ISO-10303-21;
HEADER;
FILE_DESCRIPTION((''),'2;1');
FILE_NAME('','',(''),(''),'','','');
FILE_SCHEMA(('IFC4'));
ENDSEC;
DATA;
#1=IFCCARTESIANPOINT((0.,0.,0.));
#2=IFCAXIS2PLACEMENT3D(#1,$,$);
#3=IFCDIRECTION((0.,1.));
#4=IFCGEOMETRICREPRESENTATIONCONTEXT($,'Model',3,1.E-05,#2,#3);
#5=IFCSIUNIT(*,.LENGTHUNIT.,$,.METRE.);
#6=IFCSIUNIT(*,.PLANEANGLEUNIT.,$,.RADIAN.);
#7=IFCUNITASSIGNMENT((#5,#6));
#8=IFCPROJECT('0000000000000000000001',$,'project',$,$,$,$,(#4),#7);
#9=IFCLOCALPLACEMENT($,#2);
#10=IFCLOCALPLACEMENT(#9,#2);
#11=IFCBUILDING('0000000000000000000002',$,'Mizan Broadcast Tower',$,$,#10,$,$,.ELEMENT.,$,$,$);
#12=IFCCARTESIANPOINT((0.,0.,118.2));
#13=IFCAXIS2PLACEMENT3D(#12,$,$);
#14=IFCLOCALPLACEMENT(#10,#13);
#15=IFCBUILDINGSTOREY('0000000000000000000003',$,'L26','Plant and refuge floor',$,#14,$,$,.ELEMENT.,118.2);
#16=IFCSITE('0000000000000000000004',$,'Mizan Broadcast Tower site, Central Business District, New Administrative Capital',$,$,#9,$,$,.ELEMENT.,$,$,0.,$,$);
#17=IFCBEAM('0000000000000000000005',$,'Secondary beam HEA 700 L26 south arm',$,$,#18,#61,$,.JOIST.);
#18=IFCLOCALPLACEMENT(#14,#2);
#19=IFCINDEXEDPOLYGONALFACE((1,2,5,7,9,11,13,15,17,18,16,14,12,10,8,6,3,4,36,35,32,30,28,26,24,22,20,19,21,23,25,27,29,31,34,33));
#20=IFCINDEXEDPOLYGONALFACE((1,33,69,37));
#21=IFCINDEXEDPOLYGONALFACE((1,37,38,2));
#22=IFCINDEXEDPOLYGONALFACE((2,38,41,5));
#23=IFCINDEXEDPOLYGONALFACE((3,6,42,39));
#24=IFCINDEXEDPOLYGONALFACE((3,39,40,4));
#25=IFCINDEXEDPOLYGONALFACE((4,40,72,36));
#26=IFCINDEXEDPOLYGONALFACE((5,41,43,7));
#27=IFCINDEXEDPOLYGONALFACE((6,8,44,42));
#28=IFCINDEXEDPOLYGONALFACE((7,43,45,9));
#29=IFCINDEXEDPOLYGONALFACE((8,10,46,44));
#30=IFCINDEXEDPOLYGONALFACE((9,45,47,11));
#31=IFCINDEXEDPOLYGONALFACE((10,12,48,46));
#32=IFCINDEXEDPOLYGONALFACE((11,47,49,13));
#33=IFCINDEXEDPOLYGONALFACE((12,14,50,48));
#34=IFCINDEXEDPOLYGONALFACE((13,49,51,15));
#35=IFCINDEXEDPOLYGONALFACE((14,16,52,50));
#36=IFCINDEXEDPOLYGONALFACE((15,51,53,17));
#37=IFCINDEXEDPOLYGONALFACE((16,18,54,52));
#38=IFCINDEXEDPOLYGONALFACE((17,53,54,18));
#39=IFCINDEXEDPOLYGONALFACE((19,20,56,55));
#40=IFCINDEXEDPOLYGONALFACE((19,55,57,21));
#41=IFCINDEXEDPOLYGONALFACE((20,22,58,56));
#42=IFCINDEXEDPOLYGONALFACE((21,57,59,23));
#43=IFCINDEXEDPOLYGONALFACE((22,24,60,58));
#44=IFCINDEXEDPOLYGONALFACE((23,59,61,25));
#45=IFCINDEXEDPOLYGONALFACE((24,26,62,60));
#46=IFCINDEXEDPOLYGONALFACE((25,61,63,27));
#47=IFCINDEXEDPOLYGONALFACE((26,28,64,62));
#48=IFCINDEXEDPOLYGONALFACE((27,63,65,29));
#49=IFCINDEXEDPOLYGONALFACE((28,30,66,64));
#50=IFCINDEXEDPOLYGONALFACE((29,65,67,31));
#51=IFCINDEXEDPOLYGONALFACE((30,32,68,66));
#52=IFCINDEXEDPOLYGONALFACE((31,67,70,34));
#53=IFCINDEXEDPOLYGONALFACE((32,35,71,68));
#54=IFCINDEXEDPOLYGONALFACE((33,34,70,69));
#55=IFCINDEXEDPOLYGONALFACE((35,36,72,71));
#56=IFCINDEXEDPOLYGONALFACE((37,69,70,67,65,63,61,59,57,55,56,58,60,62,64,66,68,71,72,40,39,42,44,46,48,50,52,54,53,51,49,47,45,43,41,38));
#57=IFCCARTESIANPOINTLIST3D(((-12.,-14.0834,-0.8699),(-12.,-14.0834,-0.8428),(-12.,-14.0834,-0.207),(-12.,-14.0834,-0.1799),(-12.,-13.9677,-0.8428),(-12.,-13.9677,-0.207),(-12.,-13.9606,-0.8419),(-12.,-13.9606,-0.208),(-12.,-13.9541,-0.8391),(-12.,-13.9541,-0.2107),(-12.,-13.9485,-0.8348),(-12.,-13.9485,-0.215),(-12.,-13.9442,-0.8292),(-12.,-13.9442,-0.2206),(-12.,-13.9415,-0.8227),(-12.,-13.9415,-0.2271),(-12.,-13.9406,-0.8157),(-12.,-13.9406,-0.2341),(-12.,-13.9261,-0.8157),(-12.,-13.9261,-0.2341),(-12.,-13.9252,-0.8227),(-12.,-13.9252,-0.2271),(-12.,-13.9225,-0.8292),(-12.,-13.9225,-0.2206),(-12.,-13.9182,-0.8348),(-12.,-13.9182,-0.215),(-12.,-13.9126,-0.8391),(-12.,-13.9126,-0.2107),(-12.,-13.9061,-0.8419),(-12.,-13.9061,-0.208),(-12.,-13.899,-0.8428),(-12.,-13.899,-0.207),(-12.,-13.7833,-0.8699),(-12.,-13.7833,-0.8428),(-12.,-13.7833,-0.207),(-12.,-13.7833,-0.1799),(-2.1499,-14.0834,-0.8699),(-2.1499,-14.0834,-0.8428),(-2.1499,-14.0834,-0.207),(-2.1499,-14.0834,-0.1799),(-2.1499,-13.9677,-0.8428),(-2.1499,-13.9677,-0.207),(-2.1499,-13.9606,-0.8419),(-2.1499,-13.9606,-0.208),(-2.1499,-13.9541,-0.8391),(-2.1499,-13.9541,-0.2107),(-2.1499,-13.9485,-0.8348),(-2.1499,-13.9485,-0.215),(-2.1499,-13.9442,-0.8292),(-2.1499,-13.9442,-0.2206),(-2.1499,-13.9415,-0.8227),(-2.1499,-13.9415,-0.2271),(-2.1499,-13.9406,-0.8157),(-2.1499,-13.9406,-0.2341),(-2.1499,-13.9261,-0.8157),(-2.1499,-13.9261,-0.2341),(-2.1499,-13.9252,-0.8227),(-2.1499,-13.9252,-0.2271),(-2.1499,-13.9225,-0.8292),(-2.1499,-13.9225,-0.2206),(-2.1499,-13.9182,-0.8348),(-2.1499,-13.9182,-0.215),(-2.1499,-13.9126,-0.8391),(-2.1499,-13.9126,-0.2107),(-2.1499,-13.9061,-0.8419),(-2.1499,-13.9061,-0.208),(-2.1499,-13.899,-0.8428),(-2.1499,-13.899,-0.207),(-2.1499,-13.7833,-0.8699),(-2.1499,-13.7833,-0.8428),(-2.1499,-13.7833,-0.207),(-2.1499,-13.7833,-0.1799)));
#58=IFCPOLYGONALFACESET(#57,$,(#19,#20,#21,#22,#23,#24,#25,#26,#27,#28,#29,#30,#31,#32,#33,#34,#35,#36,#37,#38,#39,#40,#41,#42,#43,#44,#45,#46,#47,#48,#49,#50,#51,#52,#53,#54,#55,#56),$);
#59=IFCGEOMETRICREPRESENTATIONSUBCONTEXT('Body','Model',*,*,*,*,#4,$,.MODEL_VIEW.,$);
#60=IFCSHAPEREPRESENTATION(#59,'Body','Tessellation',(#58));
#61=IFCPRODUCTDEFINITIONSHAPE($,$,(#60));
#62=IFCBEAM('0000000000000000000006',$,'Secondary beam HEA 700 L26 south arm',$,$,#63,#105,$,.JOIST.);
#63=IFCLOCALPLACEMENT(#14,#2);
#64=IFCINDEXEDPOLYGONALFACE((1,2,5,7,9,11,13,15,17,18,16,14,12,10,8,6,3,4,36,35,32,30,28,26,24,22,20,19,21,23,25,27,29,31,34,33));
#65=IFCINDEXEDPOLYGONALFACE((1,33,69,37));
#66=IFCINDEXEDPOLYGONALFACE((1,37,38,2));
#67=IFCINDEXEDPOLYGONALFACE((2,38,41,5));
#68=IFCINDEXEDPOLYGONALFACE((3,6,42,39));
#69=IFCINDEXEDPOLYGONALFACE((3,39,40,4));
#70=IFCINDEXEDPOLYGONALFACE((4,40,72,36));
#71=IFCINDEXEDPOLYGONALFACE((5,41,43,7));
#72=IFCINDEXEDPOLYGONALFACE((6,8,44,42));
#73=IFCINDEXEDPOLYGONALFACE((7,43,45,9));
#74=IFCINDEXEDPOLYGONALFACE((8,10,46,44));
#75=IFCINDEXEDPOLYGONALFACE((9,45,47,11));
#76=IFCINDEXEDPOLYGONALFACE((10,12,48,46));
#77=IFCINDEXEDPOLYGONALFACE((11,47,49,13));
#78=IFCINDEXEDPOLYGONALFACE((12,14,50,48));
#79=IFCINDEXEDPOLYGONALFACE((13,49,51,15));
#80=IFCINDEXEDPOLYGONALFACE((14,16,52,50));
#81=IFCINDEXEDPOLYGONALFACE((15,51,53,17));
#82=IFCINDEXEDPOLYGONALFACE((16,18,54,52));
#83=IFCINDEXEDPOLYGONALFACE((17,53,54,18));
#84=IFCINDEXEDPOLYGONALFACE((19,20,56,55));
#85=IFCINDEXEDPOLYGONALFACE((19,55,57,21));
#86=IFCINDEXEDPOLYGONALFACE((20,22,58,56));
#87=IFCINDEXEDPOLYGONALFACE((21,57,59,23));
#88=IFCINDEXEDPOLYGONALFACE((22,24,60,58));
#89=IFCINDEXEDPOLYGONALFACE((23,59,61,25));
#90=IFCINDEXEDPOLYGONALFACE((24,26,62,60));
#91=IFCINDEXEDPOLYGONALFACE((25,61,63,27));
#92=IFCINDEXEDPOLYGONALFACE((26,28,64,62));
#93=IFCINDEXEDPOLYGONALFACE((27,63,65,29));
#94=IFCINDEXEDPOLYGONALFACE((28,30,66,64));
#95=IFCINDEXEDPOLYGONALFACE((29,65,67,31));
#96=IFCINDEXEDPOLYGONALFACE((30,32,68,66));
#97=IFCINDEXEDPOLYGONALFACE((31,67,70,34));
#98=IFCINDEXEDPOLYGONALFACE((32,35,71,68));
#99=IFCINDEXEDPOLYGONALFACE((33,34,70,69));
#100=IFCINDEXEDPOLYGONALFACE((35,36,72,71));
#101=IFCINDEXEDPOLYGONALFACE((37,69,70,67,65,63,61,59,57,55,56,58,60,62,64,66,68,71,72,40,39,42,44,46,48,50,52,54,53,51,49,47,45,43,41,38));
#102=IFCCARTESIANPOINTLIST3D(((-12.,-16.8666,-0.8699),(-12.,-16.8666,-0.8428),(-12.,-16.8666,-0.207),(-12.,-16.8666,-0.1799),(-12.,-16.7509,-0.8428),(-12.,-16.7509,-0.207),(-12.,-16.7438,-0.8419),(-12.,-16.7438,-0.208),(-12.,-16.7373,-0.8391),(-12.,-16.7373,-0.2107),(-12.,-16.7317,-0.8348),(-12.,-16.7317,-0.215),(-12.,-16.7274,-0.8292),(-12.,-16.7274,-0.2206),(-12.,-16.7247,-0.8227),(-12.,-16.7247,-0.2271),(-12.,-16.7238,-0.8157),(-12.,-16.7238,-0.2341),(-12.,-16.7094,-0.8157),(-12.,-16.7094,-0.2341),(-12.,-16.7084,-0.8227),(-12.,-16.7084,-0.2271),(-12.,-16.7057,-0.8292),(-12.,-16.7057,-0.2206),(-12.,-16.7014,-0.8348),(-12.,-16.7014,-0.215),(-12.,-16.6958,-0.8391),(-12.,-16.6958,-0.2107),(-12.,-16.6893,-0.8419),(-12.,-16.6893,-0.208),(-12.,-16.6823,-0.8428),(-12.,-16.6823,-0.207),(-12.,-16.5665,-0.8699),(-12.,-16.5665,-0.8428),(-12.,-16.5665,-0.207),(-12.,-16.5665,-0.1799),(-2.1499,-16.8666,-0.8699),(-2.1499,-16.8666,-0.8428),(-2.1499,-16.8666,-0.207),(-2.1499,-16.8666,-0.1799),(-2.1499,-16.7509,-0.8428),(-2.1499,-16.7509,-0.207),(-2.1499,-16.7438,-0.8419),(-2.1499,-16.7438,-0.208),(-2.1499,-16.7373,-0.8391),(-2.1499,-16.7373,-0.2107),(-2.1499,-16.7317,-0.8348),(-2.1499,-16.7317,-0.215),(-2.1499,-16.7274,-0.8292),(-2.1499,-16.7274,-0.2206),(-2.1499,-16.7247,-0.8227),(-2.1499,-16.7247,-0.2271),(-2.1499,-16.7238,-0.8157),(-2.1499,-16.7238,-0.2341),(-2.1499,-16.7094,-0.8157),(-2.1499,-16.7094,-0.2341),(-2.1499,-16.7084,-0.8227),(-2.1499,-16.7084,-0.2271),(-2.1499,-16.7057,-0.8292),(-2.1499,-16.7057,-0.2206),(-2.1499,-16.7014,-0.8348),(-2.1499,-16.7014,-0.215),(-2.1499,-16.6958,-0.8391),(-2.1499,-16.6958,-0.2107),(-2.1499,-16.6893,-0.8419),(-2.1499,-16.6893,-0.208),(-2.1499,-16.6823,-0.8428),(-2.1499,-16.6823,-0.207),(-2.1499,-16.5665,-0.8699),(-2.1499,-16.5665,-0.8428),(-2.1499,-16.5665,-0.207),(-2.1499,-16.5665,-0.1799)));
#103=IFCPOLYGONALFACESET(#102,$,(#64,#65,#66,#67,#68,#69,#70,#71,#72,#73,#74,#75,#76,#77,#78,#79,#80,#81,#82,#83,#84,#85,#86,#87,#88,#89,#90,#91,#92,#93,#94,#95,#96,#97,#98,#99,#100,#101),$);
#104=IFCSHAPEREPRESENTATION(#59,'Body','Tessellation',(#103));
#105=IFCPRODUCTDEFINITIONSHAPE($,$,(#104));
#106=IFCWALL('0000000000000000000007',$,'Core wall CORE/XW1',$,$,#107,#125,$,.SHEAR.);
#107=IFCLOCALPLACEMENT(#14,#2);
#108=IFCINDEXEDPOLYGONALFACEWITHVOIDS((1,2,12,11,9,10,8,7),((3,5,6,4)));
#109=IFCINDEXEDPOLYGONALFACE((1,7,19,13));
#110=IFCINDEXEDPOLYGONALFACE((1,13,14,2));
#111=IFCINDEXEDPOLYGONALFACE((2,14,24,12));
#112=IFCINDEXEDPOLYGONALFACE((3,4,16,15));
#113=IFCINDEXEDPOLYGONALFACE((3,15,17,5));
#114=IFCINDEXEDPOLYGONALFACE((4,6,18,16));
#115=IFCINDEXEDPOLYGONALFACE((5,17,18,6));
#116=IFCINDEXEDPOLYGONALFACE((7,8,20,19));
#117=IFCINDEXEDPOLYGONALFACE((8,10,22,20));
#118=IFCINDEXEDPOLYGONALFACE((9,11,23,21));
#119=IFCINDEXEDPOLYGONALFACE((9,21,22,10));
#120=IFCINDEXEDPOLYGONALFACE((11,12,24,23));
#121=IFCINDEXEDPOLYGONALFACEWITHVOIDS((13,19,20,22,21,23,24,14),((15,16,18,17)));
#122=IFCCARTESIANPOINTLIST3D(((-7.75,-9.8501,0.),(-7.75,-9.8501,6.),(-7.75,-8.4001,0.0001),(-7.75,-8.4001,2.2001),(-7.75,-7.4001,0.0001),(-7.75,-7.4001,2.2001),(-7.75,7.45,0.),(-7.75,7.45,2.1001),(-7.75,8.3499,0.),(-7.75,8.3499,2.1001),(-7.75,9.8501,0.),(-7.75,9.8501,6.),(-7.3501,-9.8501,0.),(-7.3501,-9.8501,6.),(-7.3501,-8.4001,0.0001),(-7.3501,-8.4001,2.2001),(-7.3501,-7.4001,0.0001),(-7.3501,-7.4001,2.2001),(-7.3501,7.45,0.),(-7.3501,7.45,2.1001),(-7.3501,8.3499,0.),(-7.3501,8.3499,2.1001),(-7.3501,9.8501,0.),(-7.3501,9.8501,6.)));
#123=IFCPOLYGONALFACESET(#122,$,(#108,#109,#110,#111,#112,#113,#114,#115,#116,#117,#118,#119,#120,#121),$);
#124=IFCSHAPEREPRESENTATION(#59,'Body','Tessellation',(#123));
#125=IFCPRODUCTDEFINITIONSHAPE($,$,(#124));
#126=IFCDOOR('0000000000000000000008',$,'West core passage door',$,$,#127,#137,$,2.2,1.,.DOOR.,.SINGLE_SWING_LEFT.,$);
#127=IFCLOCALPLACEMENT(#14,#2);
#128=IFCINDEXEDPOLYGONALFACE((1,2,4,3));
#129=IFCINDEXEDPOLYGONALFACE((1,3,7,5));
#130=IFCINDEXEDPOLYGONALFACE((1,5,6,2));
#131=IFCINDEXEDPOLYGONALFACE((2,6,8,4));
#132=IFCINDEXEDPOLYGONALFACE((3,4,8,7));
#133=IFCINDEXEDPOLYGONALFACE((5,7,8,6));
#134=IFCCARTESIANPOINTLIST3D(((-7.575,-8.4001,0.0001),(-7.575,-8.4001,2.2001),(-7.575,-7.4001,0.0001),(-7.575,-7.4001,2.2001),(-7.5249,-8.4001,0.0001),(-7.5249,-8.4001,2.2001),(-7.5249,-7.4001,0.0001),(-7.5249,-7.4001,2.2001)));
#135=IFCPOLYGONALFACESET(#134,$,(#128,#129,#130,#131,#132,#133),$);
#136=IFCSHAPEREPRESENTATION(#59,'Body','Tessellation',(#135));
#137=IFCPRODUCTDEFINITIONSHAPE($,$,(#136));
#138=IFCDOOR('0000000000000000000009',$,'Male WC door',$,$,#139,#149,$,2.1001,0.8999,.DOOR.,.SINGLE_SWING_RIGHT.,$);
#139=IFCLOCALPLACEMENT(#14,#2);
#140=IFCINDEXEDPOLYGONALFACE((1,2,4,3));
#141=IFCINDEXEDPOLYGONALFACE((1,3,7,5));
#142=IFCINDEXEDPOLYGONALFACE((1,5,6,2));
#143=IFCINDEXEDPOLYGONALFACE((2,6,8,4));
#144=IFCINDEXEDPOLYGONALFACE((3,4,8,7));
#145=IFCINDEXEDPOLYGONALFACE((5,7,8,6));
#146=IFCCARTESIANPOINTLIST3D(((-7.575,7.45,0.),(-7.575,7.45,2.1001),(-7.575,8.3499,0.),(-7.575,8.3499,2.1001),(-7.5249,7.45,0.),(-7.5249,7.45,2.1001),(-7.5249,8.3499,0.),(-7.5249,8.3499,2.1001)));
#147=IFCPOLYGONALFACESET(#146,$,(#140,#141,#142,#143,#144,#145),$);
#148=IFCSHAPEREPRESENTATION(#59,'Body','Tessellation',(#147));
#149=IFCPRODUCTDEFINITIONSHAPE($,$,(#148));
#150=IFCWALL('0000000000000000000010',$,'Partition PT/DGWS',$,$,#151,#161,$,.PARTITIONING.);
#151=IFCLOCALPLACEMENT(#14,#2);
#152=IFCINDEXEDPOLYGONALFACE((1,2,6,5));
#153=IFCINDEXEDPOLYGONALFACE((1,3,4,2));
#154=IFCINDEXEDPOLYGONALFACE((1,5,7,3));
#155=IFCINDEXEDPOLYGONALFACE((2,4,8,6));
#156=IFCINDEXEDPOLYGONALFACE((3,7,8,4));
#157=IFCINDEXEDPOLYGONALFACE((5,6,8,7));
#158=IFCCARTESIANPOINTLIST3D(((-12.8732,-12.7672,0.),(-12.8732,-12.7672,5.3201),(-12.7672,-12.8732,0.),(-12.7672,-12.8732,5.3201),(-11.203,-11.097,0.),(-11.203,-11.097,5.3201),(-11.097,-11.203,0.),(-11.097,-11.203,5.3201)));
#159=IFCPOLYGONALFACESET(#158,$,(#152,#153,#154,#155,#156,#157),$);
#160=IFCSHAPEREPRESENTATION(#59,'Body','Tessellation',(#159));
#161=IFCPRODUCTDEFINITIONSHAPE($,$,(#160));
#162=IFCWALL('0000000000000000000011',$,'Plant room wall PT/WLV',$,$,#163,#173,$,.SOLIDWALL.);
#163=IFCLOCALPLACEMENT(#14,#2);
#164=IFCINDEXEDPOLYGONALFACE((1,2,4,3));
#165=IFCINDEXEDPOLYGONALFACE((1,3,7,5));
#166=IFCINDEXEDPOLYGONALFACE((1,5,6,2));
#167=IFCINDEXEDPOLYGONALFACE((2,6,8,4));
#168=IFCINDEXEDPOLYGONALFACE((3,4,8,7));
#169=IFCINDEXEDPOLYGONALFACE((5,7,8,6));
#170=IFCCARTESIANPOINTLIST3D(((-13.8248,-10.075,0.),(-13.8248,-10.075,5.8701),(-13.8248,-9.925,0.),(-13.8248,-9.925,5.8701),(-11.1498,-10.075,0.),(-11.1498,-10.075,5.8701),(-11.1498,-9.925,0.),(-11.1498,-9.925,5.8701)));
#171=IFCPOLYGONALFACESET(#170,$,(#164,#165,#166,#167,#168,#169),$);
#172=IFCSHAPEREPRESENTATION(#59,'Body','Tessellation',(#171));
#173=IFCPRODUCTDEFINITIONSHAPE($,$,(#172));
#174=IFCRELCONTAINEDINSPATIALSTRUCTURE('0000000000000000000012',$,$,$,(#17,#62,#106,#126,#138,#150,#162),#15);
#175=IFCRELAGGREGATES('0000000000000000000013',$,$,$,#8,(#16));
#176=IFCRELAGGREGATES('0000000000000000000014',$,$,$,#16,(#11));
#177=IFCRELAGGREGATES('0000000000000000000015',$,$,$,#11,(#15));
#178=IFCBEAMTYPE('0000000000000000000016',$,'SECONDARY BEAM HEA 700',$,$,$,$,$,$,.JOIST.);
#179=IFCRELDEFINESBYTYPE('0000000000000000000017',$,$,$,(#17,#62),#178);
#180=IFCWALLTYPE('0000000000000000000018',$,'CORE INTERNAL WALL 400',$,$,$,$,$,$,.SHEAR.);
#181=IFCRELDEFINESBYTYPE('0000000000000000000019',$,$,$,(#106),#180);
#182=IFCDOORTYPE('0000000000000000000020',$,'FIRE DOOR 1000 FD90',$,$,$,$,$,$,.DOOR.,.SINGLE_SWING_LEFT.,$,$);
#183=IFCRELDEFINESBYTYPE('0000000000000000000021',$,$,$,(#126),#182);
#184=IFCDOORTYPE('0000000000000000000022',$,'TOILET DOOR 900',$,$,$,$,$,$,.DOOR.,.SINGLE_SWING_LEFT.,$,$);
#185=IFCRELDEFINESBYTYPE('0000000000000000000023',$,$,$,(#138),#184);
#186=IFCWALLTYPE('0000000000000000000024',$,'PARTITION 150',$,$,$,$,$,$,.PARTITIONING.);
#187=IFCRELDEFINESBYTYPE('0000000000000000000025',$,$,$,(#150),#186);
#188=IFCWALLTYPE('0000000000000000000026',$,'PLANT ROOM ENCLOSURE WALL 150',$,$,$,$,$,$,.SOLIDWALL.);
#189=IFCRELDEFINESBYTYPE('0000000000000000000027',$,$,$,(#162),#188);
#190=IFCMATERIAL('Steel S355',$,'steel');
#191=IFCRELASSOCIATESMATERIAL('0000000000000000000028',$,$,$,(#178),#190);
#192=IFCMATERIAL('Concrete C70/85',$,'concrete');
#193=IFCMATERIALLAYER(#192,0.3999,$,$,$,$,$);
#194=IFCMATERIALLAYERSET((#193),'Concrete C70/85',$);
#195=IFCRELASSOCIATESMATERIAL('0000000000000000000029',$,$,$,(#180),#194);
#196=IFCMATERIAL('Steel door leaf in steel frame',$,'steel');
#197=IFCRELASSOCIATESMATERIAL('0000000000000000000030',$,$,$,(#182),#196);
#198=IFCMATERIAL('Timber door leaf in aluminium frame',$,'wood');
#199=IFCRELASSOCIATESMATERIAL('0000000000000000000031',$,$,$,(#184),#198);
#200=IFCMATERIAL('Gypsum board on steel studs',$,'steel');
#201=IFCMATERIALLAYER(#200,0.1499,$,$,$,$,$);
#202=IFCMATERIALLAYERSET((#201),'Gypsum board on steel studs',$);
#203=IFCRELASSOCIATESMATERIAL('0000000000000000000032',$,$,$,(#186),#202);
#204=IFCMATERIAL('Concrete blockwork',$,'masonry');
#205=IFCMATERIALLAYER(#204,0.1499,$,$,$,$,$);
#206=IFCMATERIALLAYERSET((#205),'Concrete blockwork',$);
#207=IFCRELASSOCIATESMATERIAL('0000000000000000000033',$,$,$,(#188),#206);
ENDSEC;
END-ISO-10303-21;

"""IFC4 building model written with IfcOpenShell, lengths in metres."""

from ifc_helpers import new_model, si_unit, direction, frame, frame_2d, origin, origin_2d, place, context, subcontext, project, spatial, rectangle, i_section, extrude, material, layer, layer_set, material_profile, profile_set, type_object, element, fill, save


model = new_model("IFC4")

# Units and contexts
model_context = context("Model", 3, precision=1e-05, world=origin(), true_north=direction((0.0, 1.0)))
body_context = subcontext(model_context, "Body", "Model", "MODEL_VIEW")
ifc_project = project(units=[si_unit("LENGTHUNIT", "METRE"), si_unit("PLANEANGLEUNIT", "RADIAN")], contexts=[model_context])

# Site, building, storey
site_placement = place(None, origin())
site = spatial("IfcSite", under=ifc_project, at=site_placement, Name="Mizan Broadcast Tower site, Central Business District, New Administrative Capital", CompositionType="ELEMENT", RefElevation=0.0)
building_placement = place(site_placement, origin())
building = spatial("IfcBuilding", under=site, at=building_placement, Name="Mizan Broadcast Tower", CompositionType="ELEMENT")
storey_placement = place(building_placement, frame((0.0, 0.0, 118.2)))
storey = spatial("IfcBuildingStorey", under=building, at=storey_placement, Name="L26", Description="Plant and refuge floor", CompositionType="ELEMENT", Elevation=118.2)

# Beams
ifc_material_1 = material(Name="Steel S355", Category="steel")
ifc_material_profile_1 = material_profile(ifc_material_1, i_section(OverallWidth=0.3, OverallDepth=0.6899, WebThickness=0.0144, FlangeThickness=0.0271, FilletRadius=0.0271, at=origin_2d()), Name="HEA 700")
ifc_profile_set_1 = profile_set([ifc_material_profile_1], Name="Steel S355")
beam_type_1 = type_object("IfcBeamType", Name="SECONDARY BEAM HEA 700", PredefinedType="JOIST", material=ifc_profile_set_1)
for number, where, z_axis, x_axis, name in (
    (1, (-12.0, -13.9333, -0.5249), (1.0, 0.0, 0.0), (0.0, 1.0, 0.0), "Secondary beam HEA 700 L26 south arm"),
    (2, (-12.0, -16.7166, -0.5249), (1.0, 0.0, 0.0), (0.0, 1.0, 0.0), "Secondary beam HEA 700 L26 south arm"),
):
    element("IfcBeam", number, at=place(storey_placement, frame(where, z_axis=z_axis, x_axis=x_axis)), inside=storey, type_object=beam_type_1, Name=name, PredefinedType="JOIST", context=body_context, shape_type="SweptSolid", body=[
        extrude(i_section(OverallWidth=0.3, OverallDepth=0.6899, WebThickness=0.0144, FlangeThickness=0.0271, FilletRadius=0.0271, at=origin_2d()), origin(), (0.0, 0.0, 1.0), 9.8501),
    ])

# Wall, openings, doors
ifc_material_2 = material(Name="Concrete C70/85", Category="concrete")
ifc_layer_1 = layer(ifc_material_2, 0.3999)
ifc_layer_set_1 = layer_set([ifc_layer_1], Name="Concrete C70/85")
wall_type_1 = type_object("IfcWallType", Name="CORE INTERNAL WALL 400", PredefinedType="SHEAR", material=ifc_layer_set_1)
wall_1_placement = place(storey_placement, frame((-7.55, -9.8501, 0.0), z_axis=(0.0, 0.0, 1.0), x_axis=(0.0, 1.0, 0.0)))
wall_1 = element("IfcWall", 3, at=wall_1_placement, inside=storey, type_object=wall_type_1, Name="Core wall CORE/XW1", PredefinedType="SHEAR", context=body_context, shape_type="SweptSolid", body=[
    extrude(rectangle(XDim=19.7002, YDim=0.3999, at=frame_2d((9.8501, 0.0))), origin(), (0.0, 0.0, 1.0), 6.0),
])
opening_1_placement = place(wall_1_placement, frame((1.45, 0.0, 0.0)))
opening_1 = element("IfcOpeningElement", 4, at=opening_1_placement, cuts=wall_1, PredefinedType="OPENING", context=body_context, shape_type="SweptSolid", body=[
    extrude(rectangle(XDim=1.0, YDim=2.2, at=frame_2d((0.5, 1.1001))), frame((0.0, 0.21, 0.0), z_axis=(0.0, -1.0, 0.0), x_axis=(1.0, 0.0, 0.0)), (0.0, 0.0, 1.0), 0.4199),
])
opening_2_placement = place(wall_1_placement, frame((17.3, 0.0, 0.0)))
opening_2 = element("IfcOpeningElement", 5, at=opening_2_placement, cuts=wall_1, PredefinedType="OPENING", context=body_context, shape_type="SweptSolid", body=[
    extrude(rectangle(XDim=0.8999, YDim=2.1001, at=frame_2d((0.45, 1.05))), frame((0.0, 0.21, 0.0), z_axis=(0.0, -1.0, 0.0), x_axis=(1.0, 0.0, 0.0)), (0.0, 0.0, 1.0), 0.4199),
])
ifc_material_3 = material(Name="Steel door leaf in steel frame", Category="steel")
door_type_1 = type_object("IfcDoorType", Name="FIRE DOOR 1000 FD90", OperationType="SINGLE_SWING_LEFT", PredefinedType="DOOR", material=ifc_material_3)
door_1_placement = place(opening_1_placement, origin())
door_1 = element("IfcDoor", 6, at=door_1_placement, inside=storey, type_object=door_type_1, Name="West core passage door", OperationType="SINGLE_SWING_LEFT", OverallHeight=2.2, OverallWidth=1.0, PredefinedType="DOOR", context=body_context, shape_type="SweptSolid", body=[
    extrude(rectangle(XDim=1.0, YDim=2.2, at=frame_2d((0.5, 1.1001))), frame((0.0, 0.0249, 0.0), z_axis=(0.0, -1.0, 0.0), x_axis=(1.0, 0.0, 0.0)), (0.0, 0.0, 1.0), 0.05),
])
fill(opening_1, door_1)
ifc_material_4 = material(Name="Timber door leaf in aluminium frame", Category="wood")
door_type_2 = type_object("IfcDoorType", Name="TOILET DOOR 900", OperationType="SINGLE_SWING_LEFT", PredefinedType="DOOR", material=ifc_material_4)
door_2_placement = place(opening_2_placement, origin())
door_2 = element("IfcDoor", 7, at=door_2_placement, inside=storey, type_object=door_type_2, Name="Male WC door", OperationType="SINGLE_SWING_RIGHT", OverallHeight=2.1001, OverallWidth=0.8999, PredefinedType="DOOR", context=body_context, shape_type="SweptSolid", body=[
    extrude(rectangle(XDim=0.8999, YDim=2.1001, at=frame_2d((0.45, 1.05))), frame((0.0, 0.0249, 0.0), z_axis=(0.0, -1.0, 0.0), x_axis=(1.0, 0.0, 0.0)), (0.0, 0.0, 1.0), 0.05),
])
fill(opening_2, door_2)

# Walls
ifc_material_5 = material(Name="Gypsum board on steel studs", Category="steel")
ifc_layer_2 = layer(ifc_material_5, 0.1499)
ifc_layer_set_2 = layer_set([ifc_layer_2], Name="Gypsum board on steel studs")
wall_type_2 = type_object("IfcWallType", Name="PARTITION 150", PredefinedType="PARTITIONING", material=ifc_layer_set_2)
wall_2_placement = place(storey_placement, frame((-11.1499, -11.1499, 0.0), z_axis=(0.0, 0.0, 1.0), x_axis=(-0.707107, -0.707107, 0.0)))
element("IfcWall", 8, at=wall_2_placement, inside=storey, type_object=wall_type_2, Name="Partition PT/DGWS", PredefinedType="PARTITIONING", context=body_context, shape_type="SweptSolid", body=[
    extrude(rectangle(XDim=2.3621, YDim=0.1499, at=frame_2d((1.1812, 0.0))), origin(), (0.0, 0.0, 1.0), 5.3201),
])
ifc_material_6 = material(Name="Concrete blockwork", Category="masonry")
ifc_layer_3 = layer(ifc_material_6, 0.1499)
ifc_layer_set_3 = layer_set([ifc_layer_3], Name="Concrete blockwork")
wall_type_3 = type_object("IfcWallType", Name="PLANT ROOM ENCLOSURE WALL 150", PredefinedType="SOLIDWALL", material=ifc_layer_set_3)
wall_3_placement = place(storey_placement, frame((-11.1499, -10.0, 0.0), z_axis=(0.0, 0.0, 1.0), x_axis=(-1.0, 0.0, 0.0)))
element("IfcWall", 9, at=wall_3_placement, inside=storey, type_object=wall_type_3, Name="Plant room wall PT/WLV", PredefinedType="SOLIDWALL", context=body_context, shape_type="SweptSolid", body=[
    extrude(rectangle(XDim=2.675, YDim=0.1499, at=frame_2d((1.3374, 0.0))), origin(), (0.0, 0.0, 1.0), 5.8701),
])

save(model, "model.ifc")
